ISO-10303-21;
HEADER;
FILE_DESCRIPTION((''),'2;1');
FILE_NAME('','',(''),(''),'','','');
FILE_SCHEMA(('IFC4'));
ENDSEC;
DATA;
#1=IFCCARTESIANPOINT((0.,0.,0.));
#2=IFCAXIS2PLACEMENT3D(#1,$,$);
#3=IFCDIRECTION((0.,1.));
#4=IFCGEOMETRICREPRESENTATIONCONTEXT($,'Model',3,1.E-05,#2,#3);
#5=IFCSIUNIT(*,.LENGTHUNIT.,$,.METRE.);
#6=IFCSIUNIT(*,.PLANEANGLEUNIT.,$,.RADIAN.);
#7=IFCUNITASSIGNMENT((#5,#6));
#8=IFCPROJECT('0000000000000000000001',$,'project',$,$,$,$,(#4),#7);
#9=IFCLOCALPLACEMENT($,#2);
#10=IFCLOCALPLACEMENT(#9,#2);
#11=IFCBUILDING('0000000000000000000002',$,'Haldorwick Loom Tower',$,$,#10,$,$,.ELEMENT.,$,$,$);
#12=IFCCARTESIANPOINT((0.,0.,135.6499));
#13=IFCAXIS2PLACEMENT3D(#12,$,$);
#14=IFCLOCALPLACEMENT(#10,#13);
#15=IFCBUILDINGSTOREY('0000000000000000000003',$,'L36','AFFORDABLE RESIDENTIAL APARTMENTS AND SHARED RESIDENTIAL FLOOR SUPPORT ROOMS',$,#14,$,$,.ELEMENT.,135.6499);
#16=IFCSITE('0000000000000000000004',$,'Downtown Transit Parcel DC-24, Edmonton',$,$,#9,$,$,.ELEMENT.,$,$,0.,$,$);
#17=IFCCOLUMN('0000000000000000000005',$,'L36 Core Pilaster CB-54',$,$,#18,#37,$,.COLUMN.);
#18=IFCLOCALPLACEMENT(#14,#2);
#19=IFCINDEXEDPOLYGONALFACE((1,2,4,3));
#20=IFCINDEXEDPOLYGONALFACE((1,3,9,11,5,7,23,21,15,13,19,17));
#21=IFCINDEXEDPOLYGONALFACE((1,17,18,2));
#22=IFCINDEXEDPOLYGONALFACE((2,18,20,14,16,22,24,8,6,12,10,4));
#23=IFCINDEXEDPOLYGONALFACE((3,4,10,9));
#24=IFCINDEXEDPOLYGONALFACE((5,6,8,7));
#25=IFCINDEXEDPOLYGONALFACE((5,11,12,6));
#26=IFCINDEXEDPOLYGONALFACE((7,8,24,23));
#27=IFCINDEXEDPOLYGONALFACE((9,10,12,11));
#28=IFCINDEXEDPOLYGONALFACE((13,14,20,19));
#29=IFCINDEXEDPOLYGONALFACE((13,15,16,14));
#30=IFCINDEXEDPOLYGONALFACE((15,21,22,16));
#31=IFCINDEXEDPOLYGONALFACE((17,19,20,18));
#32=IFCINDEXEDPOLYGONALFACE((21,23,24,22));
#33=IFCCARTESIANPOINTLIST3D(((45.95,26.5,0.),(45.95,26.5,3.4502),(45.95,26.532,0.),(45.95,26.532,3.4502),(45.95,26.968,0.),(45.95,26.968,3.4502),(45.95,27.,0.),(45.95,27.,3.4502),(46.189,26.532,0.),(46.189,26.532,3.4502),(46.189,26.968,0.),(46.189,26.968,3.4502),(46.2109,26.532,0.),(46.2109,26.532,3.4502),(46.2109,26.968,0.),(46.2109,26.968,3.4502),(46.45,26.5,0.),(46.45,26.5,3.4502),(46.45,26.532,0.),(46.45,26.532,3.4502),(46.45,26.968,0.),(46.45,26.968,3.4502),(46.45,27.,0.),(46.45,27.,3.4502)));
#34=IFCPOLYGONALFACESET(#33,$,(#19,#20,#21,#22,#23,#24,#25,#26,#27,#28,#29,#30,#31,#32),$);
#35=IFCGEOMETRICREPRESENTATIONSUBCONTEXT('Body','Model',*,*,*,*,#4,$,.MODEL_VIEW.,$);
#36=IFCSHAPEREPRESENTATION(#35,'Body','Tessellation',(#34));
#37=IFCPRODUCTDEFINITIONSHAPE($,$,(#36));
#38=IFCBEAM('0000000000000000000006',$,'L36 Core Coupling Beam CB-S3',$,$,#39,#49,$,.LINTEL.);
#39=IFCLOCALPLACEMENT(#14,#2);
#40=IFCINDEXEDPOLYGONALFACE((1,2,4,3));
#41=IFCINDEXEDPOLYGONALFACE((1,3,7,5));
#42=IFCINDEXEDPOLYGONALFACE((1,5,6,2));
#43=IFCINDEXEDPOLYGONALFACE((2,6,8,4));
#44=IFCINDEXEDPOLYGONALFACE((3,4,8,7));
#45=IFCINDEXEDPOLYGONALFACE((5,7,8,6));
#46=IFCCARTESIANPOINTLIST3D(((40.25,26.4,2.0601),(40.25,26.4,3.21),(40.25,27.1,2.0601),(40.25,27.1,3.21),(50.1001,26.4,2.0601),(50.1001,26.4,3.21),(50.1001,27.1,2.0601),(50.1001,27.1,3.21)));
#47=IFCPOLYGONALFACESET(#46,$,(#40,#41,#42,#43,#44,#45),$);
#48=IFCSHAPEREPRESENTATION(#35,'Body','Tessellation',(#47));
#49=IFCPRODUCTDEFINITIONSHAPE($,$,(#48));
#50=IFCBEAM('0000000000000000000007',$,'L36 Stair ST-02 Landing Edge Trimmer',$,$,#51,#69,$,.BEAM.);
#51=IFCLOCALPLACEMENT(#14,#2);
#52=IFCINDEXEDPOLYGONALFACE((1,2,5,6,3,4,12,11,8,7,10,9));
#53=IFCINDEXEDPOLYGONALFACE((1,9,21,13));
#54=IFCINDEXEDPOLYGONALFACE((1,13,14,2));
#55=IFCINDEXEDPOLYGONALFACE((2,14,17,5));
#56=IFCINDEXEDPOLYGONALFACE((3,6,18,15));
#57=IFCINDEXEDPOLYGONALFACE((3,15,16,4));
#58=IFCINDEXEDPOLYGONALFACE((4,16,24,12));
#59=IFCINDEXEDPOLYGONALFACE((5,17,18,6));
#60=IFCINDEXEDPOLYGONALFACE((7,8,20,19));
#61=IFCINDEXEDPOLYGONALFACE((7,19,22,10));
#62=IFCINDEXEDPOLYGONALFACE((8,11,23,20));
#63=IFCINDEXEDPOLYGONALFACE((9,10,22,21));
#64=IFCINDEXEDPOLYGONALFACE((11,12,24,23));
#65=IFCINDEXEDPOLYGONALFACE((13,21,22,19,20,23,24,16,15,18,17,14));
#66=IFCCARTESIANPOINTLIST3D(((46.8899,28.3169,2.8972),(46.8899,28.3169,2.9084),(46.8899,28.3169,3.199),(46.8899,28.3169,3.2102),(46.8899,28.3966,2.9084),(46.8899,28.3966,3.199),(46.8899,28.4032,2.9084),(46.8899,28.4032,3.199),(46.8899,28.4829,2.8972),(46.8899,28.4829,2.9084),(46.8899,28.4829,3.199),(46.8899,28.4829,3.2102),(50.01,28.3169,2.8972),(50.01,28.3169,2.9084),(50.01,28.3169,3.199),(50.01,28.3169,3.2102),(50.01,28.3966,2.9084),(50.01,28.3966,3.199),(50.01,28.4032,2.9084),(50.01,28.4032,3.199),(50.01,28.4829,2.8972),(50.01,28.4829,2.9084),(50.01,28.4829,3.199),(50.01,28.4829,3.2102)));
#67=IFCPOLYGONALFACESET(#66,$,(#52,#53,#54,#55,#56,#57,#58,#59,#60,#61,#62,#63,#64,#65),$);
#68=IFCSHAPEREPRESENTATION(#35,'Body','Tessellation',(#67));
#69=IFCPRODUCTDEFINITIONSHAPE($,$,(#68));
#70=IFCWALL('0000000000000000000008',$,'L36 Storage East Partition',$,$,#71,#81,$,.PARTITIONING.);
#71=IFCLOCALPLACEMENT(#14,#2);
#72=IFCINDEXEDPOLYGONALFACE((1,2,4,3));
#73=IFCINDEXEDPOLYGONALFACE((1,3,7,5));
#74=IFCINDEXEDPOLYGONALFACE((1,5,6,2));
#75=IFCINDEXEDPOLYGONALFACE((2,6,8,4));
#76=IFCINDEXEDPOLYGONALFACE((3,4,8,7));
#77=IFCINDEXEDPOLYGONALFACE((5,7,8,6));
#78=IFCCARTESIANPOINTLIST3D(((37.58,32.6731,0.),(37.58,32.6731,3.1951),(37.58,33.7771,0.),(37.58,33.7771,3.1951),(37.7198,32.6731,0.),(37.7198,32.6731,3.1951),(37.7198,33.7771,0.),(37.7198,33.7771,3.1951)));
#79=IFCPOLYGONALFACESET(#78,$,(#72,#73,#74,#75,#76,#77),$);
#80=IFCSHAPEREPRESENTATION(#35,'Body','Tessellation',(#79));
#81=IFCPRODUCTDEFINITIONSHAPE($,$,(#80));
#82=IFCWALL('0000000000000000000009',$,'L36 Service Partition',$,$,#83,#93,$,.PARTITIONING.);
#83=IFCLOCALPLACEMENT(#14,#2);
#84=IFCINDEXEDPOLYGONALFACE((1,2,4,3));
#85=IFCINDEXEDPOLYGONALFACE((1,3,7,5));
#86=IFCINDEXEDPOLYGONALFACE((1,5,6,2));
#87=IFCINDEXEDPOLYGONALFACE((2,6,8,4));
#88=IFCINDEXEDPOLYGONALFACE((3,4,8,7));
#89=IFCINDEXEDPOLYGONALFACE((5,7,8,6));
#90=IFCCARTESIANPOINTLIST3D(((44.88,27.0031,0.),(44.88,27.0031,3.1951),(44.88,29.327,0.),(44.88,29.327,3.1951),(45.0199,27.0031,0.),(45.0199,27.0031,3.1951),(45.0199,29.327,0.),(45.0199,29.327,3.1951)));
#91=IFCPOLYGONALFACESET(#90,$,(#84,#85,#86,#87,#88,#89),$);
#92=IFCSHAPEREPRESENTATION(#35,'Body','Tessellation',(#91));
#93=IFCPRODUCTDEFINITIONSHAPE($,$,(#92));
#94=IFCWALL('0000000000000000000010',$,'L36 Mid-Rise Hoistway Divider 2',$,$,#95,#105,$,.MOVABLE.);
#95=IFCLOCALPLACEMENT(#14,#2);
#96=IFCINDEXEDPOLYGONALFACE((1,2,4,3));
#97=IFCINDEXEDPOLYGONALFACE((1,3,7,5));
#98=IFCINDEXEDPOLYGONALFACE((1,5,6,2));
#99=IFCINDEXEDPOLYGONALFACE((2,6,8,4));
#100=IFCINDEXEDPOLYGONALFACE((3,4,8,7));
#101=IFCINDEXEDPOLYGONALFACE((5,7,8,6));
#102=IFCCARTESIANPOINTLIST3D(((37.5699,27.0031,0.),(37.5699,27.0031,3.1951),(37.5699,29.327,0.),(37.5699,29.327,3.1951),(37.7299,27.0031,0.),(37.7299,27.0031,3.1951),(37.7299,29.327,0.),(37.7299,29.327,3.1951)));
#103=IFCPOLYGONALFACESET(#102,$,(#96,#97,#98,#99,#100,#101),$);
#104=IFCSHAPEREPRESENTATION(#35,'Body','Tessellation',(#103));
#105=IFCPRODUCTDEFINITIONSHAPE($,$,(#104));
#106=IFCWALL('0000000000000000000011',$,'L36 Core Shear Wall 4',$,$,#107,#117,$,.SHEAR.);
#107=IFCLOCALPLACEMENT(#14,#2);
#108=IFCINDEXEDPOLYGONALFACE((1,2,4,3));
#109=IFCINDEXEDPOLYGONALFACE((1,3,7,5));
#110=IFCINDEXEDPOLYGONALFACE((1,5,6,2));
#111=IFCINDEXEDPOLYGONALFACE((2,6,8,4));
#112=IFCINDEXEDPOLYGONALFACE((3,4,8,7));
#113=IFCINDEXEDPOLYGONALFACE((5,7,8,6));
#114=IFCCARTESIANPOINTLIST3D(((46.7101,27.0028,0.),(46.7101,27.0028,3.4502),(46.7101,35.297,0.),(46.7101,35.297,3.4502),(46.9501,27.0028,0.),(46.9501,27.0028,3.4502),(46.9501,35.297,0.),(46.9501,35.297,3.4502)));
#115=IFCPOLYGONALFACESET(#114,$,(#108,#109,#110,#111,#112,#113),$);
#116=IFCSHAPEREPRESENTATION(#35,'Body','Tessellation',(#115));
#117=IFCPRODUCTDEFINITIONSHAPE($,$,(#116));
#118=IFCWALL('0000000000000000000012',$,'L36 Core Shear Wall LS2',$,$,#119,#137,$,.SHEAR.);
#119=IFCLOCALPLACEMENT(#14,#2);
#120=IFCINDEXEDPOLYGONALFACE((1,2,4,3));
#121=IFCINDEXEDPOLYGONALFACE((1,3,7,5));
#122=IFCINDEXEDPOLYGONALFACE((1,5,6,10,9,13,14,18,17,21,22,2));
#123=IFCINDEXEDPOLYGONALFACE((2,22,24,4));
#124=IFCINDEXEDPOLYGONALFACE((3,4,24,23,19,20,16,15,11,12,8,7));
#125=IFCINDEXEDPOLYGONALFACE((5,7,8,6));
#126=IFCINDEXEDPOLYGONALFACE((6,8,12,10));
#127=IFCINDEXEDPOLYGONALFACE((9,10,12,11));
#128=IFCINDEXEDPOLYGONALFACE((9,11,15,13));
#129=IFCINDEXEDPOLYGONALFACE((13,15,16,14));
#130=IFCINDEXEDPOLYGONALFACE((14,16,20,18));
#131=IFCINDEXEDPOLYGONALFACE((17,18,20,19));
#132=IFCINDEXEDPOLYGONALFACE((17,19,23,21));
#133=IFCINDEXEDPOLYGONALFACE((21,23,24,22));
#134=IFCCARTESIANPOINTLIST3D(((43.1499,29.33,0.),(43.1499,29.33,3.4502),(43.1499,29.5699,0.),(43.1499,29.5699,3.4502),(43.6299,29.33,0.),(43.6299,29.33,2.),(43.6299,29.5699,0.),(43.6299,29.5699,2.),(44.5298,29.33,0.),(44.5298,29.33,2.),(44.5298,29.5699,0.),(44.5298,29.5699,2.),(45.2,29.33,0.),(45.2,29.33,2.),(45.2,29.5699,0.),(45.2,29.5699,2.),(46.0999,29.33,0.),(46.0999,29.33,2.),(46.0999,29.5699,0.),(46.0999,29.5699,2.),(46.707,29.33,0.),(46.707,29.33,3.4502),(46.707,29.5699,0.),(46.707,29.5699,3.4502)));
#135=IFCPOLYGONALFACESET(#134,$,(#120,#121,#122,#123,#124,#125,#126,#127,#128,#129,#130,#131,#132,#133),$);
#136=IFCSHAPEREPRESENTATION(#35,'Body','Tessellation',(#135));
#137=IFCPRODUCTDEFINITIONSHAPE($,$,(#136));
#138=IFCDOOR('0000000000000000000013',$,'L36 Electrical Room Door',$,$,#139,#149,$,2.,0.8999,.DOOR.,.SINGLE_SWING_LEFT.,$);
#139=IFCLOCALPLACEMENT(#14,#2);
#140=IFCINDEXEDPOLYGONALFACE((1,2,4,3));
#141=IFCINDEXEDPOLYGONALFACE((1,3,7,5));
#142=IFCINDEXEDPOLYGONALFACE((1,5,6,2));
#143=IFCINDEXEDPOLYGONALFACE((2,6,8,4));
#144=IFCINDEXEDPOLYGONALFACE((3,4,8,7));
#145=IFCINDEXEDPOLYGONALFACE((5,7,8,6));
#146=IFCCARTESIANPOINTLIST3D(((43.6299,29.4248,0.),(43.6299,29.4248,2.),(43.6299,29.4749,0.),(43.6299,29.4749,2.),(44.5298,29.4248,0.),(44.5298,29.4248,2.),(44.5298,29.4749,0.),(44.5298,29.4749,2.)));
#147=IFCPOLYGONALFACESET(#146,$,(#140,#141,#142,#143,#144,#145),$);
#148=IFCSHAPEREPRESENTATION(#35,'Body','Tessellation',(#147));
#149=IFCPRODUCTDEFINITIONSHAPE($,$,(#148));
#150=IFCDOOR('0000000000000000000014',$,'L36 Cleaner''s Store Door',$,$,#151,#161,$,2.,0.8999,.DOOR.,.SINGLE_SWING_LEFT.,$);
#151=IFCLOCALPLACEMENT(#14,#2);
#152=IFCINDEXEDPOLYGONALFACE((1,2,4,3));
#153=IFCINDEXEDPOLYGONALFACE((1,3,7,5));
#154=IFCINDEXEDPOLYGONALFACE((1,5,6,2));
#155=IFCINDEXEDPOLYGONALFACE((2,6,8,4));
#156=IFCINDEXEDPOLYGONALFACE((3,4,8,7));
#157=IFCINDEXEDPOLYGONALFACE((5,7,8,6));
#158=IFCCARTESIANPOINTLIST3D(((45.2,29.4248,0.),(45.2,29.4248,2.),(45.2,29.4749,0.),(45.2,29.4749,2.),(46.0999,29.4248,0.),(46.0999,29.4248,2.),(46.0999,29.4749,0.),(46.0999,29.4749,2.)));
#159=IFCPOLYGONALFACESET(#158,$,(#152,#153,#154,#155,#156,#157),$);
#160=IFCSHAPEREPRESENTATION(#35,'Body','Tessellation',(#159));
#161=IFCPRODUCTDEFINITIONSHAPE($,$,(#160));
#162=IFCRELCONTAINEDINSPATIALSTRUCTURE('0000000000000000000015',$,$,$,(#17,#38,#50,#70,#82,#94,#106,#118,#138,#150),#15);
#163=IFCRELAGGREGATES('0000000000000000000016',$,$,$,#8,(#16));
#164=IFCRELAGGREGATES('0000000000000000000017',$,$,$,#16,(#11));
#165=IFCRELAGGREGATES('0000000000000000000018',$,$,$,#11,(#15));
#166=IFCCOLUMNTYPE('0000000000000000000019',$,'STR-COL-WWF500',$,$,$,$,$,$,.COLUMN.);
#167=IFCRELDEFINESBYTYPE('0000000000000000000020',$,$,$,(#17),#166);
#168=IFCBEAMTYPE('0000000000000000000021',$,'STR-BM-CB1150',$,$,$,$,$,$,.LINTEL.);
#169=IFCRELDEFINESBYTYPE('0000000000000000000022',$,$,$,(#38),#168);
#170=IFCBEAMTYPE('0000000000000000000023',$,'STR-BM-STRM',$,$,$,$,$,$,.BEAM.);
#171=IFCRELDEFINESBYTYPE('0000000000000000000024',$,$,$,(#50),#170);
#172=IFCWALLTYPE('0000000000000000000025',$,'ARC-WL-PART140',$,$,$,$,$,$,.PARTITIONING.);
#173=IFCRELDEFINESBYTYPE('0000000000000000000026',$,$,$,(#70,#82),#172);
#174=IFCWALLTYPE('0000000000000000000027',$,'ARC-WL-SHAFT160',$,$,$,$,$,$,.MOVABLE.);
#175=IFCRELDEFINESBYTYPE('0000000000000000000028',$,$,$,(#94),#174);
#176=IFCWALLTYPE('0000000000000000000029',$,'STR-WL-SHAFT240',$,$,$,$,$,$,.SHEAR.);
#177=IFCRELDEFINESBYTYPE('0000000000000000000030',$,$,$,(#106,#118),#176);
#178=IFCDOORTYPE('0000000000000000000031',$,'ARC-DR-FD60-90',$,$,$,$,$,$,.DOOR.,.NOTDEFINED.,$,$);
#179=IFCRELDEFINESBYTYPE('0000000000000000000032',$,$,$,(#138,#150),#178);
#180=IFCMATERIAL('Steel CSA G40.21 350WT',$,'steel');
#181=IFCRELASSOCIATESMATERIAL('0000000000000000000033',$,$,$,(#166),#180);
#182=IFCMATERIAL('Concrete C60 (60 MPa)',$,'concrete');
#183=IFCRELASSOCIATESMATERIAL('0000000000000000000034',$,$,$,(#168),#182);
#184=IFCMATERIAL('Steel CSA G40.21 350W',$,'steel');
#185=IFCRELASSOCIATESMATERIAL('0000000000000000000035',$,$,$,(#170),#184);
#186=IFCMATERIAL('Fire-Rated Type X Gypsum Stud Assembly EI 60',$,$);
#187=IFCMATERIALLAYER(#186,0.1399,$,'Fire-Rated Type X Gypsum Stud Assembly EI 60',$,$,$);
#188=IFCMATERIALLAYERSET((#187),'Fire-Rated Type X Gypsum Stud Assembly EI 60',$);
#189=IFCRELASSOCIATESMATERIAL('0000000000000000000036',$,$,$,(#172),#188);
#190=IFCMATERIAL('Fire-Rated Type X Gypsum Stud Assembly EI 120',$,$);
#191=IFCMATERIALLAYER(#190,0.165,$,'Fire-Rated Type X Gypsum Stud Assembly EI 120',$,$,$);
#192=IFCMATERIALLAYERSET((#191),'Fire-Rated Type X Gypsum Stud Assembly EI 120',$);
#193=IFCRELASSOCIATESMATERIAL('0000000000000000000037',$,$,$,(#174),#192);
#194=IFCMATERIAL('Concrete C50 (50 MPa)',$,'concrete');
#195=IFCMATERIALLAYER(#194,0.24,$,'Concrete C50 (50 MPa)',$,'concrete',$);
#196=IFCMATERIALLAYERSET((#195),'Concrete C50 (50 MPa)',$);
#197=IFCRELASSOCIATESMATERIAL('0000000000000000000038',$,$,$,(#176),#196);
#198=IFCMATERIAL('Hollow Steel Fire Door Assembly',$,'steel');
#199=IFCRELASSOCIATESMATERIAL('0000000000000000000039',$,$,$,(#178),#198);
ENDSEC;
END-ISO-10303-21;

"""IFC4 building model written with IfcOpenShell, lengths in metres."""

from ifc_helpers import new_model, si_unit, direction, frame, frame_2d, origin, origin_2d, place, context, subcontext, project, spatial, rectangle, i_section, extrude, material, layer, layer_set, material_profile, profile_set, type_object, element, fill, save


model = new_model("IFC4")

# Units and contexts
model_context = context("Model", 3, precision=1e-05, world=origin(), true_north=direction((0.0, 1.0)))
body_context = subcontext(model_context, "Body", "Model", "MODEL_VIEW")
ifc_project = project(units=[si_unit("LENGTHUNIT", "METRE"), si_unit("PLANEANGLEUNIT", "RADIAN")], contexts=[model_context])

# Site, building, storey
site_placement = place(None, origin())
site = spatial("IfcSite", under=ifc_project, at=site_placement, Name="Downtown Transit Parcel DC-24, Edmonton", CompositionType="ELEMENT", RefElevation=0.0)
building_placement = place(site_placement, origin())
building = spatial("IfcBuilding", under=site, at=building_placement, Name="Haldorwick Loom Tower", CompositionType="ELEMENT")
storey_placement = place(building_placement, frame((0.0, 0.0, 135.6499)))
storey = spatial("IfcBuildingStorey", under=building, at=storey_placement, Name="L36", Description="AFFORDABLE RESIDENTIAL APARTMENTS AND SHARED RESIDENTIAL FLOOR SUPPORT ROOMS", CompositionType="ELEMENT", Elevation=135.6499)

# Column
ifc_material_1 = material(Name="Steel CSA G40.21 350WT", Category="steel")
ifc_material_profile_1 = material_profile(ifc_material_1, i_section(OverallWidth=0.5, OverallDepth=0.5, WebThickness=0.022, FlangeThickness=0.032, at=origin_2d()), Name="WWF500X500", Category="steel")
ifc_profile_set_1 = profile_set([ifc_material_profile_1], Name="Steel CSA G40.21 350WT")
column_type = type_object("IfcColumnType", Name="STR-COL-WWF500", PredefinedType="COLUMN", material=ifc_profile_set_1)
for number, where, z_axis, x_axis, name in (
    (1, (46.2, 26.75, 0.0), (0.0, 0.0, 1.0), (1.0, 0.0, 0.0), "L36 Core Pilaster CB-54"),
):
    element("IfcColumn", number, at=place(storey_placement, frame(where, z_axis=z_axis, x_axis=x_axis)), inside=storey, type_object=column_type, Name=name, PredefinedType="COLUMN", context=body_context, shape_type="SweptSolid", body=[
        extrude(i_section(OverallWidth=0.5, OverallDepth=0.5, WebThickness=0.022, FlangeThickness=0.032, at=origin_2d()), origin(), (0.0, 0.0, 1.0), 3.4502),
    ])

# Beams
ifc_material_2 = material(Name="Concrete C60 (60 MPa)", Category="concrete")
ifc_material_profile_2 = material_profile(ifc_material_2, rectangle(XDim=0.7, YDim=1.1499, at=origin_2d()), Name="RC700X1150", Category="concrete")
ifc_profile_set_2 = profile_set([ifc_material_profile_2], Name="Concrete C60 (60 MPa)")
beam_type_1 = type_object("IfcBeamType", Name="STR-BM-CB1150", PredefinedType="LINTEL", material=ifc_profile_set_2)
beam_1_placement = place(storey_placement, frame((40.25, 26.75, 2.635), z_axis=(1.0, 0.0, 0.0), x_axis=(0.0, 1.0, 0.0)))
element("IfcBeam", 2, at=beam_1_placement, inside=storey, type_object=beam_type_1, Name="L36 Core Coupling Beam CB-S3", PredefinedType="LINTEL", context=body_context, shape_type="SweptSolid", body=[
    extrude(rectangle(XDim=0.7, YDim=1.1499, at=origin_2d()), origin(), (0.0, 0.0, 1.0), 9.8501),
])
ifc_material_3 = material(Name="Steel CSA G40.21 350W", Category="steel")
ifc_material_profile_3 = material_profile(ifc_material_3, i_section(OverallWidth=0.166, OverallDepth=0.313, WebThickness=0.0066, FlangeThickness=0.0112, at=origin_2d()), Name="W310X45", Category="steel")
ifc_profile_set_3 = profile_set([ifc_material_profile_3], Name="Steel CSA G40.21 350W")
beam_type_2 = type_object("IfcBeamType", Name="STR-BM-STRM", PredefinedType="BEAM", material=ifc_profile_set_3)
beam_2_placement = place(storey_placement, frame((46.8899, 28.3999, 3.0537), z_axis=(1.0, 0.0, 0.0), x_axis=(0.0, 1.0, 0.0)))
element("IfcBeam", 3, at=beam_2_placement, inside=storey, type_object=beam_type_2, Name="L36 Stair ST-02 Landing Edge Trimmer", PredefinedType="BEAM", context=body_context, shape_type="SweptSolid", body=[
    extrude(i_section(OverallWidth=0.166, OverallDepth=0.313, WebThickness=0.0066, FlangeThickness=0.0112, at=origin_2d()), origin(), (0.0, 0.0, 1.0), 3.1201),
])

# Walls
ifc_material_4 = material(Name="Fire-Rated Type X Gypsum Stud Assembly EI 60")
ifc_layer_1 = layer(ifc_material_4, 0.1399, Name="Fire-Rated Type X Gypsum Stud Assembly EI 60")
ifc_layer_set_1 = layer_set([ifc_layer_1], Name="Fire-Rated Type X Gypsum Stud Assembly EI 60")
wall_type_1 = type_object("IfcWallType", Name="ARC-WL-PART140", PredefinedType="PARTITIONING", material=ifc_layer_set_1)
wall_1_placement = place(storey_placement, frame((37.6499, 32.6731, 0.0), z_axis=(0.0, 0.0, 1.0), x_axis=(0.0, 1.0, 0.0)))
element("IfcWall", 4, at=wall_1_placement, inside=storey, type_object=wall_type_1, Name="L36 Storage East Partition", PredefinedType="PARTITIONING", context=body_context, shape_type="SweptSolid", body=[
    extrude(rectangle(XDim=1.104, YDim=0.1399, at=frame_2d((0.552, 0.0))), origin(), (0.0, 0.0, 1.0), 3.1951),
])
wall_2_placement = place(storey_placement, frame((44.95, 27.0029, 0.0), z_axis=(0.0, 0.0, 1.0), x_axis=(0.0, 1.0, 0.0)))
element("IfcWall", 5, at=wall_2_placement, inside=storey, type_object=wall_type_1, Name="L36 Service Partition", PredefinedType="PARTITIONING", context=body_context, shape_type="SweptSolid", body=[
    extrude(rectangle(XDim=2.324, YDim=0.1399, at=frame_2d((1.1621, 0.0))), origin(), (0.0, 0.0, 1.0), 3.1951),
])
ifc_material_5 = material(Name="Fire-Rated Type X Gypsum Stud Assembly EI 120")
ifc_layer_2 = layer(ifc_material_5, 0.165, Name="Fire-Rated Type X Gypsum Stud Assembly EI 120")
ifc_layer_set_2 = layer_set([ifc_layer_2], Name="Fire-Rated Type X Gypsum Stud Assembly EI 120")
wall_type_2 = type_object("IfcWallType", Name="ARC-WL-SHAFT160", PredefinedType="MOVABLE", material=ifc_layer_set_2)
wall_3_placement = place(storey_placement, frame((37.6499, 27.0029, 0.0), z_axis=(0.0, 0.0, 1.0), x_axis=(0.0, 1.0, 0.0)))
element("IfcWall", 6, at=wall_3_placement, inside=storey, type_object=wall_type_2, Name="L36 Mid-Rise Hoistway Divider 2", PredefinedType="MOVABLE", context=body_context, shape_type="SweptSolid", body=[
    extrude(rectangle(XDim=2.324, YDim=0.1599, at=frame_2d((1.1621, 0.0))), origin(), (0.0, 0.0, 1.0), 3.1951),
])
ifc_material_6 = material(Name="Concrete C50 (50 MPa)", Category="concrete")
ifc_layer_3 = layer(ifc_material_6, 0.24, Name="Concrete C50 (50 MPa)", Category="concrete")
ifc_layer_set_3 = layer_set([ifc_layer_3], Name="Concrete C50 (50 MPa)")
wall_type_3 = type_object("IfcWallType", Name="STR-WL-SHAFT240", PredefinedType="SHEAR", material=ifc_layer_set_3)
wall_4_placement = place(storey_placement, frame((46.8301, 27.0029, 0.0), z_axis=(0.0, 0.0, 1.0), x_axis=(0.0, 1.0, 0.0)))
element("IfcWall", 7, at=wall_4_placement, inside=storey, type_object=wall_type_3, Name="L36 Core Shear Wall 4", PredefinedType="SHEAR", context=body_context, shape_type="SweptSolid", body=[
    extrude(rectangle(XDim=8.2942, YDim=0.24, at=frame_2d((4.147, 0.0))), origin(), (0.0, 0.0, 1.0), 3.4502),
])

# Wall, openings, doors
wall_5_placement = place(storey_placement, frame((43.1499, 29.45, 0.0), z_axis=(0.0, 0.0, 1.0), x_axis=(1.0, 0.0, 0.0)))
wall_5 = element("IfcWall", 8, at=wall_5_placement, inside=storey, type_object=wall_type_3, Name="L36 Core Shear Wall LS2", PredefinedType="SHEAR", context=body_context, shape_type="SweptSolid", body=[
    extrude(rectangle(XDim=3.5571, YDim=0.24, at=frame_2d((1.7786, 0.0))), origin(), (0.0, 0.0, 1.0), 3.4502),
])
opening_1_placement = place(wall_5_placement, frame((0.48, 0.0, 0.0)))
opening_1 = element("IfcOpeningElement", 9, at=opening_1_placement, cuts=wall_5, PredefinedType="OPENING", context=body_context, shape_type="SweptSolid", body=[
    extrude(rectangle(XDim=0.8999, YDim=2.0, at=frame_2d((0.45, 1.0))), frame((0.0, 0.1299, 0.0), z_axis=(0.0, -1.0, 0.0), x_axis=(1.0, 0.0, 0.0)), (0.0, 0.0, 1.0), 0.26),
])
opening_2_placement = place(wall_5_placement, frame((2.05, 0.0, 0.0)))
opening_2 = element("IfcOpeningElement", 10, at=opening_2_placement, cuts=wall_5, PredefinedType="OPENING", context=body_context, shape_type="SweptSolid", body=[
    extrude(rectangle(XDim=0.8999, YDim=2.0, at=frame_2d((0.45, 1.0))), frame((0.0, 0.1299, 0.0), z_axis=(0.0, -1.0, 0.0), x_axis=(1.0, 0.0, 0.0)), (0.0, 0.0, 1.0), 0.26),
])
ifc_material_7 = material(Name="Hollow Steel Fire Door Assembly", Category="steel")
door_type = type_object("IfcDoorType", Name="ARC-DR-FD60-90", OperationType="NOTDEFINED", PredefinedType="DOOR", material=ifc_material_7)
door_1_placement = place(opening_1_placement, origin())
door_1 = element("IfcDoor", 11, at=door_1_placement, inside=storey, type_object=door_type, Name="L36 Electrical Room Door", OperationType="SINGLE_SWING_LEFT", OverallHeight=2.0, OverallWidth=0.8999, PredefinedType="DOOR", context=body_context, shape_type="SweptSolid", body=[
    extrude(rectangle(XDim=0.8999, YDim=2.0, at=frame_2d((0.45, 1.0))), frame((0.0, 0.0249, 0.0), z_axis=(0.0, -1.0, 0.0), x_axis=(1.0, 0.0, 0.0)), (0.0, 0.0, 1.0), 0.05),
])
fill(opening_1, door_1)
door_2_placement = place(opening_2_placement, origin())
door_2 = element("IfcDoor", 12, at=door_2_placement, inside=storey, type_object=door_type, Name="L36 Cleaner's Store Door", OperationType="SINGLE_SWING_LEFT", OverallHeight=2.0, OverallWidth=0.8999, PredefinedType="DOOR", context=body_context, shape_type="SweptSolid", body=[
    extrude(rectangle(XDim=0.8999, YDim=2.0, at=frame_2d((0.45, 1.0))), frame((0.0, 0.0249, 0.0), z_axis=(0.0, -1.0, 0.0), x_axis=(1.0, 0.0, 0.0)), (0.0, 0.0, 1.0), 0.05),
])
fill(opening_2, door_2)

save(model, "model.ifc")
